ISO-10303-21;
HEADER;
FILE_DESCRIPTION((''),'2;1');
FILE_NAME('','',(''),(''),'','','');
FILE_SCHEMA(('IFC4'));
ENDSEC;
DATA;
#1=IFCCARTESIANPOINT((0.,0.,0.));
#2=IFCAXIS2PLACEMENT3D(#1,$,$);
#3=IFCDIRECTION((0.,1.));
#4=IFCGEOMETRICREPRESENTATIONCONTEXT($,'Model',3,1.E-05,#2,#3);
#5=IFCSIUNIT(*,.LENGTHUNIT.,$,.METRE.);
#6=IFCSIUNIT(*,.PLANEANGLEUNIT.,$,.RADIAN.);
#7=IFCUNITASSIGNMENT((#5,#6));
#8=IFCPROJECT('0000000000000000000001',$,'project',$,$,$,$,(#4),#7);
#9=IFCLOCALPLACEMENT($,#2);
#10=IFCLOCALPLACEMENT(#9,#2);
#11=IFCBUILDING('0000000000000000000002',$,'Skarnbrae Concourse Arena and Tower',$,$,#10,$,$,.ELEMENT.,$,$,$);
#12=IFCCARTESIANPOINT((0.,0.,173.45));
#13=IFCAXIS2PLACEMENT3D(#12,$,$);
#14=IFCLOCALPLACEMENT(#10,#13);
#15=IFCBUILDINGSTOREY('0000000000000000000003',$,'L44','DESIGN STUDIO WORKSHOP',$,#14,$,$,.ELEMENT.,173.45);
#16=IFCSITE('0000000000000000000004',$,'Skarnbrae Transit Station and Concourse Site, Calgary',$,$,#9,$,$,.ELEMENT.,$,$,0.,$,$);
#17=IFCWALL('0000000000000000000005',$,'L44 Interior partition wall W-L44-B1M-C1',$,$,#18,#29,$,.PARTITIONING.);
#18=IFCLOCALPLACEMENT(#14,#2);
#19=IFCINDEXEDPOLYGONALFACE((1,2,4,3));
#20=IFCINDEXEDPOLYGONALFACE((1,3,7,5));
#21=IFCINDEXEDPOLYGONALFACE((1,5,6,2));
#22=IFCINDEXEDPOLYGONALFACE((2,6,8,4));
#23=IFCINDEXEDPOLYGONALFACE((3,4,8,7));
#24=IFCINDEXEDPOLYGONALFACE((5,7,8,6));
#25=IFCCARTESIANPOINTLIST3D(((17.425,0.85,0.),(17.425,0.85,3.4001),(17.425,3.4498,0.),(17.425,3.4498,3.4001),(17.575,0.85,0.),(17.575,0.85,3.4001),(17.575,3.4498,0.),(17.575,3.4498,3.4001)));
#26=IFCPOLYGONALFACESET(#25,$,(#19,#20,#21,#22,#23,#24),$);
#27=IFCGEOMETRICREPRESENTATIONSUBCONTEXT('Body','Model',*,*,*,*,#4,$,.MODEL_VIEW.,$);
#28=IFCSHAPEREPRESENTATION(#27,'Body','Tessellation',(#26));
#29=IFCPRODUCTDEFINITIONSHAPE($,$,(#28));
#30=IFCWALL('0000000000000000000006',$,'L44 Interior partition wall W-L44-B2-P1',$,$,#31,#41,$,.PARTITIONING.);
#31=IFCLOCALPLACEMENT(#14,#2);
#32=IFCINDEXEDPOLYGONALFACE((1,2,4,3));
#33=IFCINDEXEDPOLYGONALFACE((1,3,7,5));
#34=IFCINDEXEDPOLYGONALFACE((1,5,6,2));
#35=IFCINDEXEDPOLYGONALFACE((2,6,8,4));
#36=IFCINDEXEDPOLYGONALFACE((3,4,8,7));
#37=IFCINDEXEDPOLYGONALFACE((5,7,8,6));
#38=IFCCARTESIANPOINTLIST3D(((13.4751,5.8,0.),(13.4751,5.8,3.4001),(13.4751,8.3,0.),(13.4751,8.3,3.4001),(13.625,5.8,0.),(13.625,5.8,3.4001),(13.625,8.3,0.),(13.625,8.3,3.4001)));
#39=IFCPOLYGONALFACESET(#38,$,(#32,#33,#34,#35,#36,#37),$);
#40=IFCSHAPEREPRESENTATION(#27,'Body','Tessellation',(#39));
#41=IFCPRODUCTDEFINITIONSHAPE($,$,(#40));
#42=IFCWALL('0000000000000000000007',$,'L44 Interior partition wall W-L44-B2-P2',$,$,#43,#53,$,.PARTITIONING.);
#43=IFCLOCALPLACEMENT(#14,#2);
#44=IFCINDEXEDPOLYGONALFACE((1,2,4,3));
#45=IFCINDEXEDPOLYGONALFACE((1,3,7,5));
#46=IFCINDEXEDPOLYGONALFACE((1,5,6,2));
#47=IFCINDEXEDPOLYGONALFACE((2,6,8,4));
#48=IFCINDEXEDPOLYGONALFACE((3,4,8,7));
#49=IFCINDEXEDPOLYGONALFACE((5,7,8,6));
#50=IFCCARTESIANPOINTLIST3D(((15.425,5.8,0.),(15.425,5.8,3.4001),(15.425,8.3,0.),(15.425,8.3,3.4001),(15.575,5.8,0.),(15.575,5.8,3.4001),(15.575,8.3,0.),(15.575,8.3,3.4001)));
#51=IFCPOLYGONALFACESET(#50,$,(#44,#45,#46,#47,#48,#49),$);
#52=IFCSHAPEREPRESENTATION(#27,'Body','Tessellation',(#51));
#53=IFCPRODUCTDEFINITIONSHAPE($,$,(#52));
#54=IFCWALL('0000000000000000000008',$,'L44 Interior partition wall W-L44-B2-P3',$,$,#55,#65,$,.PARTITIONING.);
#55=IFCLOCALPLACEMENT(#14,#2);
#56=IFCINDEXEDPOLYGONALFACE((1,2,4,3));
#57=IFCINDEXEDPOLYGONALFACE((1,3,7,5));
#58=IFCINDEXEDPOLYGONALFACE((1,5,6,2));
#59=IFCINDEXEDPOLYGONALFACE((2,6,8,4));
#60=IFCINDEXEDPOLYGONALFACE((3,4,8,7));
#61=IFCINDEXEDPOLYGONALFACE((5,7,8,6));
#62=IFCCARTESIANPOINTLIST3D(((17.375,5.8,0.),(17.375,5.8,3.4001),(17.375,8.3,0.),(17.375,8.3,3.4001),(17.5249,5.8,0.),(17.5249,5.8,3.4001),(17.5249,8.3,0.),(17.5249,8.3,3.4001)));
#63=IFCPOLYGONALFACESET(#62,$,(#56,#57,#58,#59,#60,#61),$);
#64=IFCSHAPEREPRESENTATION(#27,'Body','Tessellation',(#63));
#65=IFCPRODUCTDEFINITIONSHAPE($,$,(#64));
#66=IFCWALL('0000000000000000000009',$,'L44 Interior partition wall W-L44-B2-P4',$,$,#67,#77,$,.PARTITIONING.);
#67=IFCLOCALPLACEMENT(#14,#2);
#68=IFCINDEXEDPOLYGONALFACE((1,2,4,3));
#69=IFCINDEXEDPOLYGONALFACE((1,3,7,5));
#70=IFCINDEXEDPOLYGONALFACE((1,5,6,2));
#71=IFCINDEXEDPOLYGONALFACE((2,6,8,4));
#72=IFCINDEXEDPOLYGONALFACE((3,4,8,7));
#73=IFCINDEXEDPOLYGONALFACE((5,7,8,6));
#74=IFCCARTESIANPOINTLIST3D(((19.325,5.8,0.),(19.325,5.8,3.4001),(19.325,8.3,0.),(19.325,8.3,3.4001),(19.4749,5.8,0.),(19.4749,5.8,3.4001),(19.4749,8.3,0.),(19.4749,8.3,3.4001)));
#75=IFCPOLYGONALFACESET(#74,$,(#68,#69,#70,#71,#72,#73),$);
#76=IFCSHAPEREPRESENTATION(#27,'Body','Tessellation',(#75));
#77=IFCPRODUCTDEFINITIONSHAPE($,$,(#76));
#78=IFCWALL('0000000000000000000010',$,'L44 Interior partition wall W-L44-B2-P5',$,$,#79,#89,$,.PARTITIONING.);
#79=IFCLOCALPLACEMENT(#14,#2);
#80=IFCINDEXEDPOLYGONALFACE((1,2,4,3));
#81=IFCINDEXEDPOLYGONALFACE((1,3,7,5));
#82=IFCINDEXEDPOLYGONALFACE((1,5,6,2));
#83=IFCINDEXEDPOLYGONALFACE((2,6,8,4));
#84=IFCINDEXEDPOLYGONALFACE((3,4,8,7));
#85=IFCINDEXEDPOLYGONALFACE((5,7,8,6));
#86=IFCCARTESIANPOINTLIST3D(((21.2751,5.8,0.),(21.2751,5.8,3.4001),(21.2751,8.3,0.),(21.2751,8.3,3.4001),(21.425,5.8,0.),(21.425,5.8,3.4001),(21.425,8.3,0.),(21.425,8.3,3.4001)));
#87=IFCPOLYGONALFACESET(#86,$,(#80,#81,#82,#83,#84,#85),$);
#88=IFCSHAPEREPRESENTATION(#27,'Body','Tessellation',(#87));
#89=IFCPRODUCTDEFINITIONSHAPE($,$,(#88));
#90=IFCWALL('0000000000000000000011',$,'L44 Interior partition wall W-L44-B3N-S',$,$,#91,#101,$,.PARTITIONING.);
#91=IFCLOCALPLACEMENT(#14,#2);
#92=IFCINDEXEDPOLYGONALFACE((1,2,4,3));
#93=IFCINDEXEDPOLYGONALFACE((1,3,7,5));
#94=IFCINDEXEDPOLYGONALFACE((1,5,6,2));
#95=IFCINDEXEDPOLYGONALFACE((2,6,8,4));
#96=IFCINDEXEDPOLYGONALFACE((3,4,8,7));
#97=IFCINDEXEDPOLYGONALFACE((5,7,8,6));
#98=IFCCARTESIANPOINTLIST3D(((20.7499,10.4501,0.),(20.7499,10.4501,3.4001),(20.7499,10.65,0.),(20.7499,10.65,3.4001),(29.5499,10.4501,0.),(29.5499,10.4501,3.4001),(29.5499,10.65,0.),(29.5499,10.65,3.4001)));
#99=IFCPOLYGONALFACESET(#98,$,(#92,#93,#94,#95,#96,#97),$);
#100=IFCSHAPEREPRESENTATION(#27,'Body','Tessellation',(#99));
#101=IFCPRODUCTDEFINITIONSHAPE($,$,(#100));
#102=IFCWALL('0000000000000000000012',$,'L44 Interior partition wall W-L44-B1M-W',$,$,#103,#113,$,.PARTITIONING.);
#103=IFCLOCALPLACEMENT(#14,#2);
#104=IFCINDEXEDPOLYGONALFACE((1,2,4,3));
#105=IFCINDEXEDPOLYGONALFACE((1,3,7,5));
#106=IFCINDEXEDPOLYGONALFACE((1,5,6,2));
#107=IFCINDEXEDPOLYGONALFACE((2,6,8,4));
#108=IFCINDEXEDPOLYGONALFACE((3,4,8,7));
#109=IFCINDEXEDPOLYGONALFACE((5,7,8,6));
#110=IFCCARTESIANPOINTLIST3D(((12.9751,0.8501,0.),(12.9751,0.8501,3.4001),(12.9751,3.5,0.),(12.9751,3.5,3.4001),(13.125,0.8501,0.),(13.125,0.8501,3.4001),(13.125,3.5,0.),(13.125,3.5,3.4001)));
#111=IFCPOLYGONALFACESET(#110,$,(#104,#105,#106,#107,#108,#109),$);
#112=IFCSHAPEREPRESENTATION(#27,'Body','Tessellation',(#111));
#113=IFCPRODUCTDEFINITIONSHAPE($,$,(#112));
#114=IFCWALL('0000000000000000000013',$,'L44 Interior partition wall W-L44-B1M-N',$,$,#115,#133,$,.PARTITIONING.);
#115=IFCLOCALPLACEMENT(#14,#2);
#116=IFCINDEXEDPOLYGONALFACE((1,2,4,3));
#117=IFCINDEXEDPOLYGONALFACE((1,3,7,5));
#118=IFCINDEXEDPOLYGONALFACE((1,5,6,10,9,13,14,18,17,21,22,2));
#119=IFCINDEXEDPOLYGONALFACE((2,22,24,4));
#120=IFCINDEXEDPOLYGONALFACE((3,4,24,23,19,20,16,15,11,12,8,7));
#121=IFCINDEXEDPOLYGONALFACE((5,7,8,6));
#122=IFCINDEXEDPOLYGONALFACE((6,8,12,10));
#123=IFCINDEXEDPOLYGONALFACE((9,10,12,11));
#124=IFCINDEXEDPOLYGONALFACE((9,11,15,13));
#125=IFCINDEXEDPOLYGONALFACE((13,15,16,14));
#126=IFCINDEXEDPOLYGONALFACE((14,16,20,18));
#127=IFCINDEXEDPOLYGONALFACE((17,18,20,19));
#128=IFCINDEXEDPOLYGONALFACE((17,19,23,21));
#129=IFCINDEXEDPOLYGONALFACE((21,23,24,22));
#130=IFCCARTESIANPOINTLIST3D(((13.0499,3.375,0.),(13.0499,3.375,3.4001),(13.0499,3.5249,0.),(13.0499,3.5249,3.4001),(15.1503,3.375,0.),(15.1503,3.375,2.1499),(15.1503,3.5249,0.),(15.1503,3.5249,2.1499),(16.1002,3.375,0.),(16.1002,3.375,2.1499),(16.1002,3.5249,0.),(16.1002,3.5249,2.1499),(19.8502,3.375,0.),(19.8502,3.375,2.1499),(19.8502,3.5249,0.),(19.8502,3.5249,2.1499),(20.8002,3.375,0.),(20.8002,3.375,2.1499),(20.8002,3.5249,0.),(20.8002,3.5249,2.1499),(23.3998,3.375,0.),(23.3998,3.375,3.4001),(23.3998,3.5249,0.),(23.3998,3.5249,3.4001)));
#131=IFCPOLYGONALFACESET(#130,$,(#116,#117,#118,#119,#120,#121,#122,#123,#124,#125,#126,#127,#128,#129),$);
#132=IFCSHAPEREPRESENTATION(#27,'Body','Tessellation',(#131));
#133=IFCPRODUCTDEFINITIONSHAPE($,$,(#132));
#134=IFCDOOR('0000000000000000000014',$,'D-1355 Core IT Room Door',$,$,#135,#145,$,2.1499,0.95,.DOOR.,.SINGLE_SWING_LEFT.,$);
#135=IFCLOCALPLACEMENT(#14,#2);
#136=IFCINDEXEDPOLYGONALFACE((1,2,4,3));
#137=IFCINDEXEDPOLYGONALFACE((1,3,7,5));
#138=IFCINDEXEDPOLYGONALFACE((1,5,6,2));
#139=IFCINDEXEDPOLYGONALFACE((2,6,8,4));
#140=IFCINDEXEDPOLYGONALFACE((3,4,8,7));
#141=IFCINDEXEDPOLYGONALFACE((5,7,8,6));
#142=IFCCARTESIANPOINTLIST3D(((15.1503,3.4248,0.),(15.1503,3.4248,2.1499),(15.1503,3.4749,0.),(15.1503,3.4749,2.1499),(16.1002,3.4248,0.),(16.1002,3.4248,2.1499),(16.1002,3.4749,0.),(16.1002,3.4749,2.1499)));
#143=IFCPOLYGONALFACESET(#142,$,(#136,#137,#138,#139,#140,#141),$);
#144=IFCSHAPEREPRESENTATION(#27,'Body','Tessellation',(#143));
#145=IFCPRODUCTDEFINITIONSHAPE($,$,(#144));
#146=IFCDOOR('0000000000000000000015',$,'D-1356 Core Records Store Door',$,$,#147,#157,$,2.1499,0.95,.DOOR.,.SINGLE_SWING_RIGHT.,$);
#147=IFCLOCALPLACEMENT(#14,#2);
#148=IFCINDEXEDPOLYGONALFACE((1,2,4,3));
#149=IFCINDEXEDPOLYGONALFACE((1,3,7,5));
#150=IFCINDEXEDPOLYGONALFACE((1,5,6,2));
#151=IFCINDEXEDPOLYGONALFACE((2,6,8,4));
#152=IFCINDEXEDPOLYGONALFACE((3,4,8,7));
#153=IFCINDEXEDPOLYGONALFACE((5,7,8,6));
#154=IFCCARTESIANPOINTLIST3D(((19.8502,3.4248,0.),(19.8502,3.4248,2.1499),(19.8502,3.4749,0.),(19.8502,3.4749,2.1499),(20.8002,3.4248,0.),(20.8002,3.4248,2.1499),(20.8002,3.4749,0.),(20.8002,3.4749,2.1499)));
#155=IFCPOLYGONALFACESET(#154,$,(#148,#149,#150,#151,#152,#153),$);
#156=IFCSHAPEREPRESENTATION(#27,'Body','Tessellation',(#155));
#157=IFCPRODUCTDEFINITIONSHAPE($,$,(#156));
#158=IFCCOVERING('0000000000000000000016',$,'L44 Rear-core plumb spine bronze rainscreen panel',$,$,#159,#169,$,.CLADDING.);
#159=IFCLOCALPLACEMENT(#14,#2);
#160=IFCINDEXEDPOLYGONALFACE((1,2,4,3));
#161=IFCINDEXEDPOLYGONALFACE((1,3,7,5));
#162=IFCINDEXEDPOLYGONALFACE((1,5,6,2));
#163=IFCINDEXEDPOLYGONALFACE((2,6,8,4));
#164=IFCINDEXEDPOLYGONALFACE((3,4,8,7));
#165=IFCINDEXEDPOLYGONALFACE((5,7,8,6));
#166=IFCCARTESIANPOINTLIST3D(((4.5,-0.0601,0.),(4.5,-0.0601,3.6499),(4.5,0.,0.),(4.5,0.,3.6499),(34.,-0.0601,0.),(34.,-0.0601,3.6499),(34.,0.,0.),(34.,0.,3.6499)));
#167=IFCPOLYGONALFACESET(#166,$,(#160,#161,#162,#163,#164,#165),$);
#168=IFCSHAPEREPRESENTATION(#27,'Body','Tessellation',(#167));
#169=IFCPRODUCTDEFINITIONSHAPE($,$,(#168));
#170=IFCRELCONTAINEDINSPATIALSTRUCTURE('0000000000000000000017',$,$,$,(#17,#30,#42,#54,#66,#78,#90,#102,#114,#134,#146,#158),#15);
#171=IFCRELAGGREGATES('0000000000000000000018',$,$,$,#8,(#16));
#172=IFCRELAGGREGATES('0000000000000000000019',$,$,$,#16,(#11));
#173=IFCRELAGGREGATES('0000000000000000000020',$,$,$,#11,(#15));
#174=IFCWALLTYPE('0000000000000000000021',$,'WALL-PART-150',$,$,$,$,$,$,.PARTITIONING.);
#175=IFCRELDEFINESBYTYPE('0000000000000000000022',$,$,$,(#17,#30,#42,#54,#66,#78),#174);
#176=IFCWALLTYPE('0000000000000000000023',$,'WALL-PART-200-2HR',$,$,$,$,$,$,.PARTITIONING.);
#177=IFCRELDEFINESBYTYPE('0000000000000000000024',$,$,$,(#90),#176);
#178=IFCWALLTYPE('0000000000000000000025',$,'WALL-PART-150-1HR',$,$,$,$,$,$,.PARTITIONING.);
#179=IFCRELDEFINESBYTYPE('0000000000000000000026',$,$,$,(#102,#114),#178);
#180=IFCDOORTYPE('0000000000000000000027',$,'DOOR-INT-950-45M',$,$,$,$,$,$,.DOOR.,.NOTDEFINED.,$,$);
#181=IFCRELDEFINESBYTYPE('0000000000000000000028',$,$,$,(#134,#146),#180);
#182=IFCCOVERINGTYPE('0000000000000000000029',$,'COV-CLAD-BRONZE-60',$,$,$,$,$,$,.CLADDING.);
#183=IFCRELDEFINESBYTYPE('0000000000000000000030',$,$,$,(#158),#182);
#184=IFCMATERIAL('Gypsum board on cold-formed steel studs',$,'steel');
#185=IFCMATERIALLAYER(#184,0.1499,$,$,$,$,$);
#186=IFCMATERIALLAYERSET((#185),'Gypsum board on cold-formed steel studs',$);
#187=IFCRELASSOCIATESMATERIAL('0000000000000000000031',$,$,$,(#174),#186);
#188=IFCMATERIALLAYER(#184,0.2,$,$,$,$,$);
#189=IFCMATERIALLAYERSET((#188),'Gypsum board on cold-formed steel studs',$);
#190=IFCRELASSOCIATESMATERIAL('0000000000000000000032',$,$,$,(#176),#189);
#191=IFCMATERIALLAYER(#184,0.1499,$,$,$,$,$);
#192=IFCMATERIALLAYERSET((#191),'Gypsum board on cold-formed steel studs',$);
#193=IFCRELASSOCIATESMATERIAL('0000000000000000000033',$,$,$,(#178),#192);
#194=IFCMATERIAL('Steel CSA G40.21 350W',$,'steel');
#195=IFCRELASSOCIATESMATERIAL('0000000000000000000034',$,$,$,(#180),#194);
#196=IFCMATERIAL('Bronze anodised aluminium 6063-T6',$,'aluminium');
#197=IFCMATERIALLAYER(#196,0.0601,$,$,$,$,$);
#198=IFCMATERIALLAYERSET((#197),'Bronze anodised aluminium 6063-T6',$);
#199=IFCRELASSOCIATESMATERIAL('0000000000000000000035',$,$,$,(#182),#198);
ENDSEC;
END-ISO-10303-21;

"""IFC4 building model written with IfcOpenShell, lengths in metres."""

from ifc_helpers import new_model, si_unit, direction, frame, frame_2d, origin, origin_2d, place, context, subcontext, project, spatial, rectangle, extrude, source, transform, mapped, material, layer, layer_set, type_object, element, fill, save


model = new_model("IFC4")

# Units and contexts
model_context = context("Model", 3, precision=1e-05, world=origin(), true_north=direction((0.0, 1.0)))
body_context = subcontext(model_context, "Body", "Model", "MODEL_VIEW")
ifc_project = project(units=[si_unit("LENGTHUNIT", "METRE"), si_unit("PLANEANGLEUNIT", "RADIAN")], contexts=[model_context])

# Site, building, storey
site_placement = place(None, origin())
site = spatial("IfcSite", under=ifc_project, at=site_placement, Name="Skarnbrae Transit Station and Concourse Site, Calgary", CompositionType="ELEMENT", RefElevation=0.0)
building_placement = place(site_placement, origin())
building = spatial("IfcBuilding", under=site, at=building_placement, Name="Skarnbrae Concourse Arena and Tower", CompositionType="ELEMENT")
storey_placement = place(building_placement, frame((0.0, 0.0, 173.45)))
storey = spatial("IfcBuildingStorey", under=building, at=storey_placement, Name="L44", Description="DESIGN STUDIO WORKSHOP", CompositionType="ELEMENT", Elevation=173.45)

# Walls
ifc_material_1 = material(Name="Gypsum board on cold-formed steel studs", Category="steel")
ifc_layer_1 = layer(ifc_material_1, 0.1499)
ifc_layer_set_1 = layer_set([ifc_layer_1], Name="Gypsum board on cold-formed steel studs")
wall_type_1 = type_object("IfcWallType", Name="WALL-PART-150", PredefinedType="PARTITIONING", material=ifc_layer_set_1)
shared_shape_1 = source(origin(), body_context, "Body", "SweptSolid", [
    extrude(rectangle(XDim=2.5999, YDim=0.1499, at=frame_2d((1.2998, 0.0))), origin(), (0.0, 0.0, 1.0), 3.4001),
])
wall_1_placement = place(storey_placement, frame((17.5, 0.8501, 0.0), z_axis=(0.0, 0.0, 1.0), x_axis=(0.0, 1.0, 0.0)))
element("IfcWall", 1, at=wall_1_placement, inside=storey, type_object=wall_type_1, Name="L44 Interior partition wall W-L44-B1M-C1", PredefinedType="PARTITIONING", context=body_context, shape_type="MappedRepresentation", body=[
    mapped(shared_shape_1, transform((0.0, 0.0, 0.0))),
])
shared_shape_2 = source(origin(), body_context, "Body", "SweptSolid", [
    extrude(rectangle(XDim=2.5, YDim=0.1499, at=frame_2d((1.25, 0.0))), origin(), (0.0, 0.0, 1.0), 3.4001),
])
for number, where, z_axis, x_axis, name in (
    (2, (13.55, 5.8, 0.0), (0.0, 0.0, 1.0), (0.0, 1.0, 0.0), "L44 Interior partition wall W-L44-B2-P1"),
    (3, (15.5, 5.8, 0.0), (0.0, 0.0, 1.0), (0.0, 1.0, 0.0), "L44 Interior partition wall W-L44-B2-P2"),
    (4, (17.45, 5.8, 0.0), (0.0, 0.0, 1.0), (0.0, 1.0, 0.0), "L44 Interior partition wall W-L44-B2-P3"),
    (5, (19.3999, 5.8, 0.0), (0.0, 0.0, 1.0), (0.0, 1.0, 0.0), "L44 Interior partition wall W-L44-B2-P4"),
    (6, (21.3501, 5.8, 0.0), (0.0, 0.0, 1.0), (0.0, 1.0, 0.0), "L44 Interior partition wall W-L44-B2-P5"),
):
    element("IfcWall", number, at=place(storey_placement, frame(where, z_axis=z_axis, x_axis=x_axis)), inside=storey, type_object=wall_type_1, Name=name, PredefinedType="PARTITIONING", context=body_context, shape_type="MappedRepresentation", body=[
        mapped(shared_shape_2, transform((0.0, 0.0, 0.0))),
    ])
ifc_layer_2 = layer(ifc_material_1, 0.2)
ifc_layer_set_2 = layer_set([ifc_layer_2], Name="Gypsum board on cold-formed steel studs")
wall_type_2 = type_object("IfcWallType", Name="WALL-PART-200-2HR", PredefinedType="PARTITIONING", material=ifc_layer_set_2)
shared_shape_3 = source(origin(), body_context, "Body", "SweptSolid", [
    extrude(rectangle(XDim=8.8, YDim=0.2, at=frame_2d((4.3999, 0.0))), origin(), (0.0, 0.0, 1.0), 3.4001),
])
wall_2_placement = place(storey_placement, frame((20.75, 10.55, 0.0), z_axis=(0.0, 0.0, 1.0), x_axis=(1.0, 0.0, 0.0)))
element("IfcWall", 7, at=wall_2_placement, inside=storey, type_object=wall_type_2, Name="L44 Interior partition wall W-L44-B3N-S", PredefinedType="PARTITIONING", context=body_context, shape_type="MappedRepresentation", body=[
    mapped(shared_shape_3, transform((0.0, 0.0, 0.0))),
])
ifc_layer_3 = layer(ifc_material_1, 0.1499)
ifc_layer_set_3 = layer_set([ifc_layer_3], Name="Gypsum board on cold-formed steel studs")
wall_type_3 = type_object("IfcWallType", Name="WALL-PART-150-1HR", PredefinedType="PARTITIONING", material=ifc_layer_set_3)
shared_shape_4 = source(origin(), body_context, "Body", "SweptSolid", [
    extrude(rectangle(XDim=2.6499, YDim=0.1499, at=frame_2d((1.325, 0.0))), origin(), (0.0, 0.0, 1.0), 3.4001),
])
wall_3_placement = place(storey_placement, frame((13.05, 0.8501, 0.0), z_axis=(0.0, 0.0, 1.0), x_axis=(0.0, 1.0, 0.0)))
element("IfcWall", 8, at=wall_3_placement, inside=storey, type_object=wall_type_3, Name="L44 Interior partition wall W-L44-B1M-W", PredefinedType="PARTITIONING", context=body_context, shape_type="MappedRepresentation", body=[
    mapped(shared_shape_4, transform((0.0, 0.0, 0.0))),
])

# Wall, openings, doors
shared_shape_5 = source(origin(), body_context, "Body", "SweptSolid", [
    extrude(rectangle(XDim=10.3499, YDim=0.1499, at=frame_2d((5.1748, 0.0))), origin(), (0.0, 0.0, 1.0), 3.4001),
])
wall_4_placement = place(storey_placement, frame((13.05, 3.45, 0.0), z_axis=(0.0, 0.0, 1.0), x_axis=(1.0, 0.0, 0.0)))
wall_4 = element("IfcWall", 9, at=wall_4_placement, inside=storey, type_object=wall_type_3, Name="L44 Interior partition wall W-L44-B1M-N", PredefinedType="PARTITIONING", context=body_context, shape_type="MappedRepresentation", body=[
    mapped(shared_shape_5, transform((0.0, 0.0, 0.0))),
])
opening_1_placement = place(wall_4_placement, frame((2.1001, 0.0, 0.0)))
opening_1 = element("IfcOpeningElement", 10, at=opening_1_placement, cuts=wall_4, PredefinedType="OPENING", context=body_context, shape_type="SweptSolid", body=[
    extrude(rectangle(XDim=0.95, YDim=2.1499, at=frame_2d((0.4751, 1.075))), frame((0.0, 0.085, 0.0), z_axis=(0.0, -1.0, 0.0), x_axis=(1.0, 0.0, 0.0)), (0.0, 0.0, 1.0), 0.1699),
])
opening_2_placement = place(wall_4_placement, frame((6.8, 0.0, 0.0)))
opening_2 = element("IfcOpeningElement", 11, at=opening_2_placement, cuts=wall_4, PredefinedType="OPENING", context=body_context, shape_type="SweptSolid", body=[
    extrude(rectangle(XDim=0.95, YDim=2.1499, at=frame_2d((0.4751, 1.075))), frame((0.0, 0.085, 0.0), z_axis=(0.0, -1.0, 0.0), x_axis=(1.0, 0.0, 0.0)), (0.0, 0.0, 1.0), 0.1699),
])
ifc_material_2 = material(Name="Steel CSA G40.21 350W", Category="steel")
door_type = type_object("IfcDoorType", Name="DOOR-INT-950-45M", OperationType="NOTDEFINED", PredefinedType="DOOR", material=ifc_material_2)
shared_shape_6 = source(origin(), body_context, "Body", "SweptSolid", [
    extrude(rectangle(XDim=0.95, YDim=2.1499, at=frame_2d((0.4751, 1.075))), frame((0.0, 0.0249, 0.0), z_axis=(0.0, -1.0, 0.0), x_axis=(1.0, 0.0, 0.0)), (0.0, 0.0, 1.0), 0.05),
])
door_1_placement = place(opening_1_placement, origin())
door_1 = element("IfcDoor", 12, at=door_1_placement, inside=storey, type_object=door_type, Name="D-1355 Core IT Room Door", OperationType="SINGLE_SWING_LEFT", OverallHeight=2.1499, OverallWidth=0.95, PredefinedType="DOOR", context=body_context, shape_type="MappedRepresentation", body=[
    mapped(shared_shape_6, transform((0.0, 0.0, 0.0))),
])
fill(opening_1, door_1)
door_2_placement = place(opening_2_placement, origin())
door_2 = element("IfcDoor", 13, at=door_2_placement, inside=storey, type_object=door_type, Name="D-1356 Core Records Store Door", OperationType="SINGLE_SWING_RIGHT", OverallHeight=2.1499, OverallWidth=0.95, PredefinedType="DOOR", context=body_context, shape_type="MappedRepresentation", body=[
    mapped(shared_shape_6, transform((0.0, 0.0, 0.0))),
])
fill(opening_2, door_2)

# Covering
ifc_material_3 = material(Name="Bronze anodised aluminium 6063-T6", Category="aluminium")
ifc_layer_4 = layer(ifc_material_3, 0.0601)
ifc_layer_set_4 = layer_set([ifc_layer_4], Name="Bronze anodised aluminium 6063-T6")
covering_type = type_object("IfcCoveringType", Name="COV-CLAD-BRONZE-60", PredefinedType="CLADDING", material=ifc_layer_set_4)
shared_shape_7 = source(origin(), body_context, "Body", "SweptSolid", [
    extrude(rectangle(XDim=29.5, YDim=0.0601, at=origin_2d()), origin(), (0.0, 0.0, 1.0), 3.6499),
])
covering_placement = place(storey_placement, frame((19.25, -0.03, 0.0), z_axis=(0.0, 0.0, 1.0), x_axis=(1.0, 0.0, 0.0)))
element("IfcCovering", 14, at=covering_placement, inside=storey, type_object=covering_type, Name="L44 Rear-core plumb spine bronze rainscreen panel", PredefinedType="CLADDING", context=body_context, shape_type="MappedRepresentation", body=[
    mapped(shared_shape_7, transform((0.0, 0.0, 0.0))),
])

save(model, "model.ifc")
